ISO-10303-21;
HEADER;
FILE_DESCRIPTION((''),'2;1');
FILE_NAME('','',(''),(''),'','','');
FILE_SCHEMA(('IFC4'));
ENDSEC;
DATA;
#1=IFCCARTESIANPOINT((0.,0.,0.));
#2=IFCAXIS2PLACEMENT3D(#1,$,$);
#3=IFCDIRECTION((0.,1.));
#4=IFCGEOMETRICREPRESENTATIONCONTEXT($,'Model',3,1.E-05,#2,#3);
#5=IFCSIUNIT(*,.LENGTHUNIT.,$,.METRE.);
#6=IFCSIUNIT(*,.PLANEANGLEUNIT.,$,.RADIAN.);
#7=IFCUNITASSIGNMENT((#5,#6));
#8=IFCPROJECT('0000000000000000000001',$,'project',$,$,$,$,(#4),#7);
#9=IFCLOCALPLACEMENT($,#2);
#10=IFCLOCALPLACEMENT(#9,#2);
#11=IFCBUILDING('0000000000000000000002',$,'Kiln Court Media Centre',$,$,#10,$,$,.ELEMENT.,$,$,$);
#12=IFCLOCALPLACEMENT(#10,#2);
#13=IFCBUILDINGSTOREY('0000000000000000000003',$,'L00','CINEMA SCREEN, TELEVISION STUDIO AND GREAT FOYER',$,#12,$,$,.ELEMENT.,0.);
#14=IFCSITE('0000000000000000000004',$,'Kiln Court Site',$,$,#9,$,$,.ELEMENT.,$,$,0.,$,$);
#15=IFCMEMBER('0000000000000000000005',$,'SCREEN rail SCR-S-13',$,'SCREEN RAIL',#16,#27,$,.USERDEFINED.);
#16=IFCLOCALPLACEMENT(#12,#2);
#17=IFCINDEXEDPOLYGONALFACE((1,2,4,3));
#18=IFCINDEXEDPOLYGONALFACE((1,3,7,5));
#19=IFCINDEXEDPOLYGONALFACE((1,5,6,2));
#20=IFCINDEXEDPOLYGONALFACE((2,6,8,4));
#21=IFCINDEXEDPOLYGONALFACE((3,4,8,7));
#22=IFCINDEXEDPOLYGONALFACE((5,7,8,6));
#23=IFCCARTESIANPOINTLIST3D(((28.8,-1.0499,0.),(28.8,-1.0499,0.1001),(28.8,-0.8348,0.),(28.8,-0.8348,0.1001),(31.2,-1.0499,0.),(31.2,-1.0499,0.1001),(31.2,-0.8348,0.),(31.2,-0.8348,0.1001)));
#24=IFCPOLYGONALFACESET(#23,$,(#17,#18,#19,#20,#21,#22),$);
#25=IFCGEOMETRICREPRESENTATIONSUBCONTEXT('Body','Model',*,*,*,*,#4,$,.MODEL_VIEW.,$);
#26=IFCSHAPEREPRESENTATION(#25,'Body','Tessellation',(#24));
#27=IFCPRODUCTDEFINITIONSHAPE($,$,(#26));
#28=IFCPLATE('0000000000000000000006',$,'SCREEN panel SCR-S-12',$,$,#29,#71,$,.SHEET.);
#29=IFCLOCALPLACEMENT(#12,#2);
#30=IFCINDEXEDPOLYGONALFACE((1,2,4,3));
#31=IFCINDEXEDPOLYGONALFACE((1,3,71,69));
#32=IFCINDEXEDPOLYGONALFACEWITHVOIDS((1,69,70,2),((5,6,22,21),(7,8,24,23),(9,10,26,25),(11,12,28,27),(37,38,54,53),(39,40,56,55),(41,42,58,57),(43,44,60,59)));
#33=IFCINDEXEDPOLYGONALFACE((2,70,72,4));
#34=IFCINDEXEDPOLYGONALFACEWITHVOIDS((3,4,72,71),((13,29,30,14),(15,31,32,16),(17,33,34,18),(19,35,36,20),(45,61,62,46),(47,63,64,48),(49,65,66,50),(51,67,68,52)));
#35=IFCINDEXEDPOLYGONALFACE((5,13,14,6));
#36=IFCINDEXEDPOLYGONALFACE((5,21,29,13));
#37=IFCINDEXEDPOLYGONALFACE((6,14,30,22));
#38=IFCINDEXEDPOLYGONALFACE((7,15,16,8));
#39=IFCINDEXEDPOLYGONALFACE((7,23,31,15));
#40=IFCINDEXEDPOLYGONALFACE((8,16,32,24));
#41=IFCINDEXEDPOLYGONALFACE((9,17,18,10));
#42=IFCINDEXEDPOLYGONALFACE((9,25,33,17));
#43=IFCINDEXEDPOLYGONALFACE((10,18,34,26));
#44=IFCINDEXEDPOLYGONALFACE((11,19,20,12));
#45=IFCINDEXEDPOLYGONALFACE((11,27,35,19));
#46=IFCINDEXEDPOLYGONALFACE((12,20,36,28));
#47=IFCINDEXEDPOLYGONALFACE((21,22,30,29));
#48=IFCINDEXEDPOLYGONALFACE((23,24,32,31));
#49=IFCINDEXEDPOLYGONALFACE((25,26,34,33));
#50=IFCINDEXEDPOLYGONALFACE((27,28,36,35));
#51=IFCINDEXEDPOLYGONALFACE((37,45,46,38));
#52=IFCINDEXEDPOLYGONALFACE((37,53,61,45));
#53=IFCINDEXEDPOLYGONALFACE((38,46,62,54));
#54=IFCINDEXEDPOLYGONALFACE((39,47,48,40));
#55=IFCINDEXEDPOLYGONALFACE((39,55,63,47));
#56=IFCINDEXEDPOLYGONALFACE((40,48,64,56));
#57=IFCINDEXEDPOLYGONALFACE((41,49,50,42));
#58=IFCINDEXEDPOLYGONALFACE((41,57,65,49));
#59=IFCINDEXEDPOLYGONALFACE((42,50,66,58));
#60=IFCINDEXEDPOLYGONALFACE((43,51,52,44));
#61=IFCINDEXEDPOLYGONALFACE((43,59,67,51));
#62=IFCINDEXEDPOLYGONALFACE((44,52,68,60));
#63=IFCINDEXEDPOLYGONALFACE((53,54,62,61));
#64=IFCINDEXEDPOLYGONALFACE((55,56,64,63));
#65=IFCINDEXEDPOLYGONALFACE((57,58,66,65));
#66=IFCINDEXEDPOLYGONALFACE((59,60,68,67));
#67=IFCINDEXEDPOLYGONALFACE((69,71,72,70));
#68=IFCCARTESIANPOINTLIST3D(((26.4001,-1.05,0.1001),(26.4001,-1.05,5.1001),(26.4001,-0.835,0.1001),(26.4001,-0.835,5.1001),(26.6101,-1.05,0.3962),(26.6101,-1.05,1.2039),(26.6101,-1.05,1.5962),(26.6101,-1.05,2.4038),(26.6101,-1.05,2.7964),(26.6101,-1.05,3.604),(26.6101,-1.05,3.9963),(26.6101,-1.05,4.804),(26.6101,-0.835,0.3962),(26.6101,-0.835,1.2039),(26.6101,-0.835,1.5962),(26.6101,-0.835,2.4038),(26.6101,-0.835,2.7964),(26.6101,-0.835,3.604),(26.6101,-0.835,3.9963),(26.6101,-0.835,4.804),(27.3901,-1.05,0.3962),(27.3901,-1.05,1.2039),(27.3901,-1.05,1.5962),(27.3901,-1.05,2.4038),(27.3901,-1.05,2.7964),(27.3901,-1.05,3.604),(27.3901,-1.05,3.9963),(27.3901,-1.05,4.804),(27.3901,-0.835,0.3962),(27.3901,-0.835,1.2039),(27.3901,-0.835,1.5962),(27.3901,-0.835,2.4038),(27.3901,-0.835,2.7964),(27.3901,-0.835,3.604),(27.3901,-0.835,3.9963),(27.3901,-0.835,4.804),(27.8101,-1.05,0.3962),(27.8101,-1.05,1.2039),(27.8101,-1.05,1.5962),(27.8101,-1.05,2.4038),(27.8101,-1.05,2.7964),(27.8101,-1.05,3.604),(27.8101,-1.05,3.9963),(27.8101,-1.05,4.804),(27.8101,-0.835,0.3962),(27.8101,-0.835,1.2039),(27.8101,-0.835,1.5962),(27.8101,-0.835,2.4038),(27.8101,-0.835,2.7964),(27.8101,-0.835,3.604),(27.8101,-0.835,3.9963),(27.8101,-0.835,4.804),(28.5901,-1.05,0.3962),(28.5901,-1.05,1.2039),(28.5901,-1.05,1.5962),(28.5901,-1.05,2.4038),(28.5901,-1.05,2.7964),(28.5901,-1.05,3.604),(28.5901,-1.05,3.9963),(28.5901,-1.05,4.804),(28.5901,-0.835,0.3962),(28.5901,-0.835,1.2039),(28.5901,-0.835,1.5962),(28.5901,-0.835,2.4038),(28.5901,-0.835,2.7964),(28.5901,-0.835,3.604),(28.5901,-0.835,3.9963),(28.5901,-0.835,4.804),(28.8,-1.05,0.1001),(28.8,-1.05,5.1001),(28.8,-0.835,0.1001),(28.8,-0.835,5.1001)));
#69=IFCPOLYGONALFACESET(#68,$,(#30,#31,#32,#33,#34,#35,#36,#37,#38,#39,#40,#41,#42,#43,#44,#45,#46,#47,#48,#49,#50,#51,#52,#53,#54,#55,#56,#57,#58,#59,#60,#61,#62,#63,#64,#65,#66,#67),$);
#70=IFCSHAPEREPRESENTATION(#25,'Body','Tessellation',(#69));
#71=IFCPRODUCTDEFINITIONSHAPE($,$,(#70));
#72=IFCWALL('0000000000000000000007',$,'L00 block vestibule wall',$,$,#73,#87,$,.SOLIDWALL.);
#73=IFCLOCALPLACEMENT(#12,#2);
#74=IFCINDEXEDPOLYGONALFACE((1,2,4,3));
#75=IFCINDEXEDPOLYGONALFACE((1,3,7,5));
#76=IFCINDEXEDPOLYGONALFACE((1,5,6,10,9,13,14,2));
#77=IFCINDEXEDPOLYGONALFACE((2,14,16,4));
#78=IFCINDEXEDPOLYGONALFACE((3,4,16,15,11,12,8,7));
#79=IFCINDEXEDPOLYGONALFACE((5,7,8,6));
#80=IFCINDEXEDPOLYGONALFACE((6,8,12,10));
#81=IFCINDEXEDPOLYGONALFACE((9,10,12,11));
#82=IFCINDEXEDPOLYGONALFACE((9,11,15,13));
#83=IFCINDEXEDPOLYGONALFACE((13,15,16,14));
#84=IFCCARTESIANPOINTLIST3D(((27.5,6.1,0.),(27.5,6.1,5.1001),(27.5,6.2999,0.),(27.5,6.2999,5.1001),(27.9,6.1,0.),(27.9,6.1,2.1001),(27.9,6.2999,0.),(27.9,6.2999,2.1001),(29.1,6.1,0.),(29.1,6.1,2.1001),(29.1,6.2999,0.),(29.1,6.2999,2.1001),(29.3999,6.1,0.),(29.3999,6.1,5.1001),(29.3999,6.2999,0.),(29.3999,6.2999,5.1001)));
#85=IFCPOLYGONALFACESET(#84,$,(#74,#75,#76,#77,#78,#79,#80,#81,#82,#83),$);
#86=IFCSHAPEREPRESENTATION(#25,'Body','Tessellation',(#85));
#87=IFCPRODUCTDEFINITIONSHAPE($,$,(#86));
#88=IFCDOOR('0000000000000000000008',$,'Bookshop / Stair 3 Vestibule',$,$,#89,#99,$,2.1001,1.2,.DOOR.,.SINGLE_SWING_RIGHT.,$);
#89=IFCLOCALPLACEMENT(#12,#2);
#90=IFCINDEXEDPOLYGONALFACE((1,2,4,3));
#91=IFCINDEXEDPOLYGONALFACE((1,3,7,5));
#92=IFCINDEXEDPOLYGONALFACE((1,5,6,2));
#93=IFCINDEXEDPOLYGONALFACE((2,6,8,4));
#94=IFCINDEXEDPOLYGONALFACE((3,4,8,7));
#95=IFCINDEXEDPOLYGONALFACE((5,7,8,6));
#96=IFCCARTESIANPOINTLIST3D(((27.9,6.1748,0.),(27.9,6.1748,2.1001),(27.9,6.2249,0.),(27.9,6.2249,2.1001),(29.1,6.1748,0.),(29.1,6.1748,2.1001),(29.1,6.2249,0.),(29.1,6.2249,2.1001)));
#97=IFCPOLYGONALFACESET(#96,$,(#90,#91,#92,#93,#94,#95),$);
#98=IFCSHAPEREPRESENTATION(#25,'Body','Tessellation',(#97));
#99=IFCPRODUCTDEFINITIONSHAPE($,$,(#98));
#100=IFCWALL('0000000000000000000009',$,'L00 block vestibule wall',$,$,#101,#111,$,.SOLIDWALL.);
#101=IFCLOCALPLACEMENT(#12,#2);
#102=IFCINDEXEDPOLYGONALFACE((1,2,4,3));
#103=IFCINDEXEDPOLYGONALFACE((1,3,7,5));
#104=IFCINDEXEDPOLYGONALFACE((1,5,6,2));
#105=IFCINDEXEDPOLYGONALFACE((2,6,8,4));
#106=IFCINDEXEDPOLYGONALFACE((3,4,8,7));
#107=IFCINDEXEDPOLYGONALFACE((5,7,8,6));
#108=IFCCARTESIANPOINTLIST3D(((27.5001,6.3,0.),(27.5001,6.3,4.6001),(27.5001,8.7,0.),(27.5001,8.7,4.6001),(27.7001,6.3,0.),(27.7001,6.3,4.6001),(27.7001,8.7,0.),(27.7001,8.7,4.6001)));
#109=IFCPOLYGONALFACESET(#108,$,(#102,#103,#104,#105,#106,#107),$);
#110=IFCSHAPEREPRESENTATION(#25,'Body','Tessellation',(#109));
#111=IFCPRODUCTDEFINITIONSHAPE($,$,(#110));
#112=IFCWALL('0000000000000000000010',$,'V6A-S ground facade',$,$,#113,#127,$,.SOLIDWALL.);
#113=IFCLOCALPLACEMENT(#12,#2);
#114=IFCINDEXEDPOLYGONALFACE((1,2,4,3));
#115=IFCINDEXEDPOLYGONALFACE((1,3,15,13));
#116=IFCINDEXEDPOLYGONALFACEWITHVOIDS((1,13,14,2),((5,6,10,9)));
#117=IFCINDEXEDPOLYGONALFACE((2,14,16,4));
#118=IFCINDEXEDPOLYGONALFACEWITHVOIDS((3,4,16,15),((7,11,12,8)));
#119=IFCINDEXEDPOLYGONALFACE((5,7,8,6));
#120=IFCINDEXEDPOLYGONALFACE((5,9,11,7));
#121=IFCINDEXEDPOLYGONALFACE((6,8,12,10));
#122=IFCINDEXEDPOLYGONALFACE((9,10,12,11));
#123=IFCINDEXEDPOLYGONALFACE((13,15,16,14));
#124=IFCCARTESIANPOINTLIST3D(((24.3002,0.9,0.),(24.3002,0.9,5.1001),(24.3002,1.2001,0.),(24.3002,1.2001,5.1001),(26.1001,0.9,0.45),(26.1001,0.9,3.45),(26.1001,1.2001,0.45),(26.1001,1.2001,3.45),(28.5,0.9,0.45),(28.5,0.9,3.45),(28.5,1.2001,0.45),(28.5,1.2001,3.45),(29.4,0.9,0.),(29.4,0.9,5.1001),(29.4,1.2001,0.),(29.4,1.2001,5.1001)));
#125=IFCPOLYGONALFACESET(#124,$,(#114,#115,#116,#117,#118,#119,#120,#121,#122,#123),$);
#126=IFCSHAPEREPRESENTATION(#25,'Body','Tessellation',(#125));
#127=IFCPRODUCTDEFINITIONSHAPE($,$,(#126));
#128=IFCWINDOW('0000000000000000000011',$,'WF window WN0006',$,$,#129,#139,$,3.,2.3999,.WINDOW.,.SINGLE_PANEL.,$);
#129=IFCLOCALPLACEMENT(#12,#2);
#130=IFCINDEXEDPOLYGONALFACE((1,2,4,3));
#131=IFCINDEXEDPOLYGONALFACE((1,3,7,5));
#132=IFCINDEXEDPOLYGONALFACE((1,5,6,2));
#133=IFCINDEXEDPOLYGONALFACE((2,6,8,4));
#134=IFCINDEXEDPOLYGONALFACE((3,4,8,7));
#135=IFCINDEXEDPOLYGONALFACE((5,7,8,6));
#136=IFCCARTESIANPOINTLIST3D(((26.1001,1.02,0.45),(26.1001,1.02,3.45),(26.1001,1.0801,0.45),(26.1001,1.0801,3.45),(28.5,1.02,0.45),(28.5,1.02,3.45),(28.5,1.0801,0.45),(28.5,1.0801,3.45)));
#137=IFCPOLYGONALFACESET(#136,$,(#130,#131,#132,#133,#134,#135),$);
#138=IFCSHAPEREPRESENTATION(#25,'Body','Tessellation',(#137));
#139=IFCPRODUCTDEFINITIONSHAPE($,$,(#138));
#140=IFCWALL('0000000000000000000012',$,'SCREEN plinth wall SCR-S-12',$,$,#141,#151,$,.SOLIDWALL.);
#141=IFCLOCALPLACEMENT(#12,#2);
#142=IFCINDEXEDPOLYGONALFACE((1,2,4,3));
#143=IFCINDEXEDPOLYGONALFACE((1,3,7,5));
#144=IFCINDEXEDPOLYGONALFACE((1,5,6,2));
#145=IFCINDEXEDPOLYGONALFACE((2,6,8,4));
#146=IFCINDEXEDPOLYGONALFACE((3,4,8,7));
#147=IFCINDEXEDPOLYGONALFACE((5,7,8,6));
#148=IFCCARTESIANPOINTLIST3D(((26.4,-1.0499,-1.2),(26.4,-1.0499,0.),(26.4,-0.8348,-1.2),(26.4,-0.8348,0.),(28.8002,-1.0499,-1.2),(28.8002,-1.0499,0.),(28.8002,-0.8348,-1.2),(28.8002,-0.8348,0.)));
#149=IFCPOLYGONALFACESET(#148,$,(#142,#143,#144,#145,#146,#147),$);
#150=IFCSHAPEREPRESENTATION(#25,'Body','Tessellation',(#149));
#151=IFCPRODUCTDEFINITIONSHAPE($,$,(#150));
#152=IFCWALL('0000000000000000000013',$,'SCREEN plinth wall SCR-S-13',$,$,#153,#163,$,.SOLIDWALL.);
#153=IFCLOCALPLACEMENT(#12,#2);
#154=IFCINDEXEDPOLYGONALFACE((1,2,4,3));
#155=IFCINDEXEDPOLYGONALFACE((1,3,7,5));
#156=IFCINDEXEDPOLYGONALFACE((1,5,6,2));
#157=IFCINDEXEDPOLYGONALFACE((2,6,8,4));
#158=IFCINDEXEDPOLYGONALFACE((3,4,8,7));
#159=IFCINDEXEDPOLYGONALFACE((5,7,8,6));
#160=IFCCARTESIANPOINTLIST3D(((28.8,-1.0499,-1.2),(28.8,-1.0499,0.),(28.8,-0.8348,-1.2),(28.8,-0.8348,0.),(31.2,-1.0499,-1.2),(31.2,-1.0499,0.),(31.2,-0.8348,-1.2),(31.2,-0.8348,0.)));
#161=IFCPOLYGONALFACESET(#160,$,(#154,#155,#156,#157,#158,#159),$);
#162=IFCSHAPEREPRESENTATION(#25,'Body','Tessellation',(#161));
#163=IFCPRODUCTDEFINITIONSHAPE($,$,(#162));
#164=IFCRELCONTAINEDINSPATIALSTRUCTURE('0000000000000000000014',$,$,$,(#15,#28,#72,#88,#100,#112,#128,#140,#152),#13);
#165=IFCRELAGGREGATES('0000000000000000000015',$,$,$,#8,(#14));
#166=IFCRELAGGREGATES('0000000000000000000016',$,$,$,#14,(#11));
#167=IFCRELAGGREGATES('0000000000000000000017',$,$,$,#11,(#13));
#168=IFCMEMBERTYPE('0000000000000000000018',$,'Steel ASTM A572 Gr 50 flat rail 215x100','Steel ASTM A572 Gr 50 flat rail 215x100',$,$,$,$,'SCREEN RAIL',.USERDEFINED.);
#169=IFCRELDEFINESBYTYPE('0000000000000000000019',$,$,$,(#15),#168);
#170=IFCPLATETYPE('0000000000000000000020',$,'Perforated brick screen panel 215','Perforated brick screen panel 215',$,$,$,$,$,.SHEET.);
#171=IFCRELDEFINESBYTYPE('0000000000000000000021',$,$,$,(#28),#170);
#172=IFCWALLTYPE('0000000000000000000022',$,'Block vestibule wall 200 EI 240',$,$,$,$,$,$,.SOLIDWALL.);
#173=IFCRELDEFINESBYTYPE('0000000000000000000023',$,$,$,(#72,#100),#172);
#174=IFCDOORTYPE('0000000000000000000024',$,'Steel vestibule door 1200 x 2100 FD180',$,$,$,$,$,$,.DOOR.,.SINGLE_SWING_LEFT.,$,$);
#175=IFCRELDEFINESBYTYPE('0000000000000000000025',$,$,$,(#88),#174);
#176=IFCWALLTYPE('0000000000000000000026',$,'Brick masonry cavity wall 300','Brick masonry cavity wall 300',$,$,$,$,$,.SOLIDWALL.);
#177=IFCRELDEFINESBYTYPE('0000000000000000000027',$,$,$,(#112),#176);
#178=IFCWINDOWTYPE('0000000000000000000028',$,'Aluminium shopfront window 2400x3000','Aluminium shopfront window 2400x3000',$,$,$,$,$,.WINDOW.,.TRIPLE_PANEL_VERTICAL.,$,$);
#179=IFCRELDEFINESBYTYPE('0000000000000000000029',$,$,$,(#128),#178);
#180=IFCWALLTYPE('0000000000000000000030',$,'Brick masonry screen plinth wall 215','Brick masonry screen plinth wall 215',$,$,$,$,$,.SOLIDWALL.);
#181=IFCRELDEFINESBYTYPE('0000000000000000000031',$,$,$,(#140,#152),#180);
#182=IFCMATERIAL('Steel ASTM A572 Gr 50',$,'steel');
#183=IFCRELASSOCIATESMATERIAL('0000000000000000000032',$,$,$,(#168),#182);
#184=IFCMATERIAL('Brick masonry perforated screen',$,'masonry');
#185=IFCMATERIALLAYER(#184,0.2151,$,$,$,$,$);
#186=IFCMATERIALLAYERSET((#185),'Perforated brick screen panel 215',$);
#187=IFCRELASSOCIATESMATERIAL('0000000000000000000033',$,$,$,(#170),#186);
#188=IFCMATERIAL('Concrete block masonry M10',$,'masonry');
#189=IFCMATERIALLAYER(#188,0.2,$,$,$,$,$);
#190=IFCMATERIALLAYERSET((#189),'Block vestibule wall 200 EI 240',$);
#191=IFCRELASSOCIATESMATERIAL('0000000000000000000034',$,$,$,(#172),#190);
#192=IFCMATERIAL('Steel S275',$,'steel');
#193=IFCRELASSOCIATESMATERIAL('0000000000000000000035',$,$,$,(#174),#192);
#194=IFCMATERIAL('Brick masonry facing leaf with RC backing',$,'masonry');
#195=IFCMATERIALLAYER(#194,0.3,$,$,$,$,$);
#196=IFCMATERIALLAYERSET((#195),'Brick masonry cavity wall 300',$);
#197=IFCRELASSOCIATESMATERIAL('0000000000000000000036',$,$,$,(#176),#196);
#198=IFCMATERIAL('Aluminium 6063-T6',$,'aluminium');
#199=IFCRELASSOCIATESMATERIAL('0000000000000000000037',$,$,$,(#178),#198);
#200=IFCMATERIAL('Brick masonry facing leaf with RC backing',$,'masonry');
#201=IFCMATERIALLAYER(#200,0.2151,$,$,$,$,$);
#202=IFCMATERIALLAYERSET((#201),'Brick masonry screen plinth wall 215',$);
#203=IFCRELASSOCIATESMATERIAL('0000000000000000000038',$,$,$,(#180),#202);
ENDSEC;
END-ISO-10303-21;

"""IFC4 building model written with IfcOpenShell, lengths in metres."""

from ifc_helpers import new_model, si_unit, direction, frame, frame_2d, origin, origin_2d, place, context, subcontext, project, spatial, polyline, rectangle, outline, extrude, material, layer, layer_set, material_profile, profile_set, type_object, element, fill, save


model = new_model("IFC4")

# Units and contexts
model_context = context("Model", 3, precision=1e-05, world=origin(), true_north=direction((0.0, 1.0)))
body_context = subcontext(model_context, "Body", "Model", "MODEL_VIEW")
ifc_project = project(units=[si_unit("LENGTHUNIT", "METRE"), si_unit("PLANEANGLEUNIT", "RADIAN")], contexts=[model_context])

# Site, building, storey
site_placement = place(None, origin())
site = spatial("IfcSite", under=ifc_project, at=site_placement, Name="Kiln Court Site", CompositionType="ELEMENT", RefElevation=0.0)
building_placement = place(site_placement, origin())
building = spatial("IfcBuilding", under=site, at=building_placement, Name="Kiln Court Media Centre", CompositionType="ELEMENT")
storey_placement = place(building_placement, origin())
storey = spatial("IfcBuildingStorey", under=building, at=storey_placement, Name="L00", Description="CINEMA SCREEN, TELEVISION STUDIO AND GREAT FOYER", CompositionType="ELEMENT", Elevation=0.0)

# Member
ifc_material_1 = material(Name="Steel ASTM A572 Gr 50", Category="steel")
ifc_material_profile_1 = material_profile(ifc_material_1, rectangle(XDim=0.2151, YDim=0.1001, at=origin_2d()), Name="Steel ASTM A572 Gr 50 flat rail 215x100")
ifc_profile_set_1 = profile_set([ifc_material_profile_1], Name="Steel ASTM A572 Gr 50")
member_type = type_object("IfcMemberType", Name="Steel ASTM A572 Gr 50 flat rail 215x100", Description="Steel ASTM A572 Gr 50 flat rail 215x100", ElementType="SCREEN RAIL", PredefinedType="USERDEFINED", material=ifc_profile_set_1)
member_1_placement = place(storey_placement, frame((28.8, -0.9424, 0.05), z_axis=(1.0, 0.0, 0.0), x_axis=(0.0, 1.0, 0.0)))
element("IfcMember", 1, at=member_1_placement, inside=storey, type_object=member_type, Name="SCREEN rail SCR-S-13", ObjectType="SCREEN RAIL", PredefinedType="USERDEFINED", context=body_context, shape_type="SweptSolid", body=[
    extrude(rectangle(XDim=0.2151, YDim=0.1001, at=origin_2d()), origin(), (0.0, 0.0, 1.0), 2.3999),
])

# Plate
ifc_material_2 = material(Name="Brick masonry perforated screen", Category="masonry")
ifc_layer_1 = layer(ifc_material_2, 0.2151)
ifc_layer_set_1 = layer_set([ifc_layer_1], Name="Perforated brick screen panel 215")
plate_type = type_object("IfcPlateType", Name="Perforated brick screen panel 215", Description="Perforated brick screen panel 215", PredefinedType="SHEET", material=ifc_layer_set_1)
plate_placement = place(storey_placement, frame((27.6001, -0.835, 0.1001), z_axis=(0.0, -1.0, 0.0), x_axis=(1.0, 0.0, 0.0)))
element("IfcPlate", 2, at=plate_placement, inside=storey, type_object=plate_type, Name="SCREEN panel SCR-S-12", PredefinedType="SHEET", context=body_context, shape_type="SweptSolid", body=[
    extrude(outline(polyline([(-1.2, 0.0), (1.2, 0.0), (1.2, 5.0), (-1.2, 5.0), (-1.2, 0.0)]), holes=[polyline([(-0.99, 0.2961), (-0.21, 0.2961), (-0.21, 1.1038), (-0.99, 1.1038), (-0.99, 0.2961)]), polyline([(-0.99, 1.4961), (-0.21, 1.4961), (-0.21, 2.3037), (-0.99, 2.3037), (-0.99, 1.4961)]), polyline([(-0.99, 2.6963), (-0.21, 2.6963), (-0.21, 3.5039), (-0.99, 3.5039), (-0.99, 2.6963)]), polyline([(-0.99, 3.8962), (-0.21, 3.8962), (-0.21, 4.7039), (-0.99, 4.7039), (-0.99, 3.8962)]), polyline([(0.21, 0.2961), (0.99, 0.2961), (0.99, 1.1038), (0.21, 1.1038), (0.21, 0.2961)]), polyline([(0.21, 1.4961), (0.99, 1.4961), (0.99, 2.3037), (0.21, 2.3037), (0.21, 1.4961)]), polyline([(0.21, 2.6963), (0.99, 2.6963), (0.99, 3.5039), (0.21, 3.5039), (0.21, 2.6963)]), polyline([(0.21, 3.8962), (0.99, 3.8962), (0.99, 4.7039), (0.21, 4.7039), (0.21, 3.8962)])]), origin(), (0.0, 0.0, 1.0), 0.2151),
])

# Wall, opening, door
ifc_material_3 = material(Name="Concrete block masonry M10", Category="masonry")
ifc_layer_2 = layer(ifc_material_3, 0.2)
ifc_layer_set_2 = layer_set([ifc_layer_2], Name="Block vestibule wall 200 EI 240")
wall_type_1 = type_object("IfcWallType", Name="Block vestibule wall 200 EI 240", PredefinedType="SOLIDWALL", material=ifc_layer_set_2)
wall_1_placement = place(storey_placement, frame((27.5, 6.2, 0.0), z_axis=(0.0, 0.0, 1.0), x_axis=(1.0, 0.0, 0.0)))
wall_1 = element("IfcWall", 3, at=wall_1_placement, inside=storey, type_object=wall_type_1, Name="L00 block vestibule wall", PredefinedType="SOLIDWALL", context=body_context, shape_type="SweptSolid", body=[
    extrude(rectangle(XDim=1.8999, YDim=0.2, at=frame_2d((0.95, 0.0))), origin(), (0.0, 0.0, 1.0), 5.1001),
])
opening_1_placement = place(wall_1_placement, frame((0.3999, 0.0, 0.0)))
opening_1 = element("IfcOpeningElement", 4, at=opening_1_placement, cuts=wall_1, PredefinedType="OPENING", context=body_context, shape_type="SweptSolid", body=[
    extrude(rectangle(XDim=1.2, YDim=2.1001, at=frame_2d((0.6001, 1.05))), frame((0.0, 0.1099, 0.0), z_axis=(0.0, -1.0, 0.0), x_axis=(1.0, 0.0, 0.0)), (0.0, 0.0, 1.0), 0.22),
])
ifc_material_4 = material(Name="Steel S275", Category="steel")
door_type_1 = type_object("IfcDoorType", Name="Steel vestibule door 1200 x 2100 FD180", OperationType="SINGLE_SWING_LEFT", PredefinedType="DOOR", material=ifc_material_4)
door_1_placement = place(opening_1_placement, origin())
door_1 = element("IfcDoor", 5, at=door_1_placement, inside=storey, type_object=door_type_1, Name="Bookshop / Stair 3 Vestibule", OperationType="SINGLE_SWING_RIGHT", OverallHeight=2.1001, OverallWidth=1.2, PredefinedType="DOOR", context=body_context, shape_type="SweptSolid", body=[
    extrude(rectangle(XDim=1.2, YDim=2.1001, at=frame_2d((0.6001, 1.05))), frame((0.0, 0.0249, 0.0), z_axis=(0.0, -1.0, 0.0), x_axis=(1.0, 0.0, 0.0)), (0.0, 0.0, 1.0), 0.05),
])
fill(opening_1, door_1)

# Wall
wall_2_placement = place(storey_placement, frame((27.6001, 6.3, 0.0), z_axis=(0.0, 0.0, 1.0), x_axis=(0.0, 1.0, 0.0)))
element("IfcWall", 6, at=wall_2_placement, inside=storey, type_object=wall_type_1, Name="L00 block vestibule wall", PredefinedType="SOLIDWALL", context=body_context, shape_type="SweptSolid", body=[
    extrude(rectangle(XDim=2.3999, YDim=0.2, at=frame_2d((1.2, 0.0))), origin(), (0.0, 0.0, 1.0), 4.6001),
])

# Wall, opening, window
ifc_material_5 = material(Name="Brick masonry facing leaf with RC backing", Category="masonry")
ifc_layer_3 = layer(ifc_material_5, 0.3)
ifc_layer_set_3 = layer_set([ifc_layer_3], Name="Brick masonry cavity wall 300")
wall_type_2 = type_object("IfcWallType", Name="Brick masonry cavity wall 300", Description="Brick masonry cavity wall 300", PredefinedType="SOLIDWALL", material=ifc_layer_set_3)
wall_3_placement = place(storey_placement, frame((29.3999, 1.05, 0.0), z_axis=(0.0, 0.0, 1.0), x_axis=(-1.0, 0.0, 0.0)))
wall_3 = element("IfcWall", 7, at=wall_3_placement, inside=storey, type_object=wall_type_2, Name="V6A-S ground facade", PredefinedType="SOLIDWALL", context=body_context, shape_type="SweptSolid", body=[
    extrude(rectangle(XDim=5.0999, YDim=0.3, at=frame_2d((2.5498, 0.0))), origin(), (0.0, 0.0, 1.0), 5.1001),
])
opening_2_placement = place(wall_3_placement, frame((0.8999, 0.0, 0.45)))
opening_2 = element("IfcOpeningElement", 8, at=opening_2_placement, cuts=wall_3, PredefinedType="OPENING", context=body_context, shape_type="SweptSolid", body=[
    extrude(rectangle(XDim=2.3999, YDim=3.0, at=frame_2d((1.2, 1.5))), frame((0.0, 0.1599, 0.0), z_axis=(0.0, -1.0, 0.0), x_axis=(1.0, 0.0, 0.0)), (0.0, 0.0, 1.0), 0.3201),
])
ifc_material_6 = material(Name="Aluminium 6063-T6", Category="aluminium")
window_type = type_object("IfcWindowType", Name="Aluminium shopfront window 2400x3000", Description="Aluminium shopfront window 2400x3000", PartitioningType="TRIPLE_PANEL_VERTICAL", PredefinedType="WINDOW", material=ifc_material_6)
window_placement = place(opening_2_placement, origin())
window = element("IfcWindow", 9, at=window_placement, inside=storey, type_object=window_type, Name="WF window WN0006", OverallHeight=3.0, OverallWidth=2.3999, PartitioningType="SINGLE_PANEL", PredefinedType="WINDOW", context=body_context, shape_type="SweptSolid", body=[
    extrude(rectangle(XDim=2.3999, YDim=3.0, at=frame_2d((1.2, 1.5))), frame((0.0, 0.03, 0.0), z_axis=(0.0, -1.0, 0.0), x_axis=(1.0, 0.0, 0.0)), (0.0, 0.0, 1.0), 0.0601),
])
fill(opening_2, window)

# Walls
ifc_material_7 = material(Name="Brick masonry facing leaf with RC backing", Category="masonry")
ifc_layer_4 = layer(ifc_material_7, 0.2151)
ifc_layer_set_4 = layer_set([ifc_layer_4], Name="Brick masonry screen plinth wall 215")
wall_type_3 = type_object("IfcWallType", Name="Brick masonry screen plinth wall 215", Description="Brick masonry screen plinth wall 215", PredefinedType="SOLIDWALL", material=ifc_layer_set_4)
wall_4_placement = place(storey_placement, frame((26.3999, -0.9424, -1.2), z_axis=(0.0, 0.0, 1.0), x_axis=(1.0, 0.0, 0.0)))
element("IfcWall", 10, at=wall_4_placement, inside=storey, type_object=wall_type_3, Name="SCREEN plinth wall SCR-S-12", PredefinedType="SOLIDWALL", context=body_context, shape_type="SweptSolid", body=[
    extrude(rectangle(XDim=2.4001, YDim=0.2151, at=frame_2d((1.2002, 0.0))), origin(), (0.0, 0.0, 1.0), 1.2),
])
wall_5_placement = place(storey_placement, frame((28.8, -0.9424, -1.2), z_axis=(0.0, 0.0, 1.0), x_axis=(1.0, 0.0, 0.0)))
element("IfcWall", 11, at=wall_5_placement, inside=storey, type_object=wall_type_3, Name="SCREEN plinth wall SCR-S-13", PredefinedType="SOLIDWALL", context=body_context, shape_type="SweptSolid", body=[
    extrude(rectangle(XDim=2.3999, YDim=0.2151, at=frame_2d((1.2, 0.0))), origin(), (0.0, 0.0, 1.0), 1.2),
])

save(model, "model.ifc")
